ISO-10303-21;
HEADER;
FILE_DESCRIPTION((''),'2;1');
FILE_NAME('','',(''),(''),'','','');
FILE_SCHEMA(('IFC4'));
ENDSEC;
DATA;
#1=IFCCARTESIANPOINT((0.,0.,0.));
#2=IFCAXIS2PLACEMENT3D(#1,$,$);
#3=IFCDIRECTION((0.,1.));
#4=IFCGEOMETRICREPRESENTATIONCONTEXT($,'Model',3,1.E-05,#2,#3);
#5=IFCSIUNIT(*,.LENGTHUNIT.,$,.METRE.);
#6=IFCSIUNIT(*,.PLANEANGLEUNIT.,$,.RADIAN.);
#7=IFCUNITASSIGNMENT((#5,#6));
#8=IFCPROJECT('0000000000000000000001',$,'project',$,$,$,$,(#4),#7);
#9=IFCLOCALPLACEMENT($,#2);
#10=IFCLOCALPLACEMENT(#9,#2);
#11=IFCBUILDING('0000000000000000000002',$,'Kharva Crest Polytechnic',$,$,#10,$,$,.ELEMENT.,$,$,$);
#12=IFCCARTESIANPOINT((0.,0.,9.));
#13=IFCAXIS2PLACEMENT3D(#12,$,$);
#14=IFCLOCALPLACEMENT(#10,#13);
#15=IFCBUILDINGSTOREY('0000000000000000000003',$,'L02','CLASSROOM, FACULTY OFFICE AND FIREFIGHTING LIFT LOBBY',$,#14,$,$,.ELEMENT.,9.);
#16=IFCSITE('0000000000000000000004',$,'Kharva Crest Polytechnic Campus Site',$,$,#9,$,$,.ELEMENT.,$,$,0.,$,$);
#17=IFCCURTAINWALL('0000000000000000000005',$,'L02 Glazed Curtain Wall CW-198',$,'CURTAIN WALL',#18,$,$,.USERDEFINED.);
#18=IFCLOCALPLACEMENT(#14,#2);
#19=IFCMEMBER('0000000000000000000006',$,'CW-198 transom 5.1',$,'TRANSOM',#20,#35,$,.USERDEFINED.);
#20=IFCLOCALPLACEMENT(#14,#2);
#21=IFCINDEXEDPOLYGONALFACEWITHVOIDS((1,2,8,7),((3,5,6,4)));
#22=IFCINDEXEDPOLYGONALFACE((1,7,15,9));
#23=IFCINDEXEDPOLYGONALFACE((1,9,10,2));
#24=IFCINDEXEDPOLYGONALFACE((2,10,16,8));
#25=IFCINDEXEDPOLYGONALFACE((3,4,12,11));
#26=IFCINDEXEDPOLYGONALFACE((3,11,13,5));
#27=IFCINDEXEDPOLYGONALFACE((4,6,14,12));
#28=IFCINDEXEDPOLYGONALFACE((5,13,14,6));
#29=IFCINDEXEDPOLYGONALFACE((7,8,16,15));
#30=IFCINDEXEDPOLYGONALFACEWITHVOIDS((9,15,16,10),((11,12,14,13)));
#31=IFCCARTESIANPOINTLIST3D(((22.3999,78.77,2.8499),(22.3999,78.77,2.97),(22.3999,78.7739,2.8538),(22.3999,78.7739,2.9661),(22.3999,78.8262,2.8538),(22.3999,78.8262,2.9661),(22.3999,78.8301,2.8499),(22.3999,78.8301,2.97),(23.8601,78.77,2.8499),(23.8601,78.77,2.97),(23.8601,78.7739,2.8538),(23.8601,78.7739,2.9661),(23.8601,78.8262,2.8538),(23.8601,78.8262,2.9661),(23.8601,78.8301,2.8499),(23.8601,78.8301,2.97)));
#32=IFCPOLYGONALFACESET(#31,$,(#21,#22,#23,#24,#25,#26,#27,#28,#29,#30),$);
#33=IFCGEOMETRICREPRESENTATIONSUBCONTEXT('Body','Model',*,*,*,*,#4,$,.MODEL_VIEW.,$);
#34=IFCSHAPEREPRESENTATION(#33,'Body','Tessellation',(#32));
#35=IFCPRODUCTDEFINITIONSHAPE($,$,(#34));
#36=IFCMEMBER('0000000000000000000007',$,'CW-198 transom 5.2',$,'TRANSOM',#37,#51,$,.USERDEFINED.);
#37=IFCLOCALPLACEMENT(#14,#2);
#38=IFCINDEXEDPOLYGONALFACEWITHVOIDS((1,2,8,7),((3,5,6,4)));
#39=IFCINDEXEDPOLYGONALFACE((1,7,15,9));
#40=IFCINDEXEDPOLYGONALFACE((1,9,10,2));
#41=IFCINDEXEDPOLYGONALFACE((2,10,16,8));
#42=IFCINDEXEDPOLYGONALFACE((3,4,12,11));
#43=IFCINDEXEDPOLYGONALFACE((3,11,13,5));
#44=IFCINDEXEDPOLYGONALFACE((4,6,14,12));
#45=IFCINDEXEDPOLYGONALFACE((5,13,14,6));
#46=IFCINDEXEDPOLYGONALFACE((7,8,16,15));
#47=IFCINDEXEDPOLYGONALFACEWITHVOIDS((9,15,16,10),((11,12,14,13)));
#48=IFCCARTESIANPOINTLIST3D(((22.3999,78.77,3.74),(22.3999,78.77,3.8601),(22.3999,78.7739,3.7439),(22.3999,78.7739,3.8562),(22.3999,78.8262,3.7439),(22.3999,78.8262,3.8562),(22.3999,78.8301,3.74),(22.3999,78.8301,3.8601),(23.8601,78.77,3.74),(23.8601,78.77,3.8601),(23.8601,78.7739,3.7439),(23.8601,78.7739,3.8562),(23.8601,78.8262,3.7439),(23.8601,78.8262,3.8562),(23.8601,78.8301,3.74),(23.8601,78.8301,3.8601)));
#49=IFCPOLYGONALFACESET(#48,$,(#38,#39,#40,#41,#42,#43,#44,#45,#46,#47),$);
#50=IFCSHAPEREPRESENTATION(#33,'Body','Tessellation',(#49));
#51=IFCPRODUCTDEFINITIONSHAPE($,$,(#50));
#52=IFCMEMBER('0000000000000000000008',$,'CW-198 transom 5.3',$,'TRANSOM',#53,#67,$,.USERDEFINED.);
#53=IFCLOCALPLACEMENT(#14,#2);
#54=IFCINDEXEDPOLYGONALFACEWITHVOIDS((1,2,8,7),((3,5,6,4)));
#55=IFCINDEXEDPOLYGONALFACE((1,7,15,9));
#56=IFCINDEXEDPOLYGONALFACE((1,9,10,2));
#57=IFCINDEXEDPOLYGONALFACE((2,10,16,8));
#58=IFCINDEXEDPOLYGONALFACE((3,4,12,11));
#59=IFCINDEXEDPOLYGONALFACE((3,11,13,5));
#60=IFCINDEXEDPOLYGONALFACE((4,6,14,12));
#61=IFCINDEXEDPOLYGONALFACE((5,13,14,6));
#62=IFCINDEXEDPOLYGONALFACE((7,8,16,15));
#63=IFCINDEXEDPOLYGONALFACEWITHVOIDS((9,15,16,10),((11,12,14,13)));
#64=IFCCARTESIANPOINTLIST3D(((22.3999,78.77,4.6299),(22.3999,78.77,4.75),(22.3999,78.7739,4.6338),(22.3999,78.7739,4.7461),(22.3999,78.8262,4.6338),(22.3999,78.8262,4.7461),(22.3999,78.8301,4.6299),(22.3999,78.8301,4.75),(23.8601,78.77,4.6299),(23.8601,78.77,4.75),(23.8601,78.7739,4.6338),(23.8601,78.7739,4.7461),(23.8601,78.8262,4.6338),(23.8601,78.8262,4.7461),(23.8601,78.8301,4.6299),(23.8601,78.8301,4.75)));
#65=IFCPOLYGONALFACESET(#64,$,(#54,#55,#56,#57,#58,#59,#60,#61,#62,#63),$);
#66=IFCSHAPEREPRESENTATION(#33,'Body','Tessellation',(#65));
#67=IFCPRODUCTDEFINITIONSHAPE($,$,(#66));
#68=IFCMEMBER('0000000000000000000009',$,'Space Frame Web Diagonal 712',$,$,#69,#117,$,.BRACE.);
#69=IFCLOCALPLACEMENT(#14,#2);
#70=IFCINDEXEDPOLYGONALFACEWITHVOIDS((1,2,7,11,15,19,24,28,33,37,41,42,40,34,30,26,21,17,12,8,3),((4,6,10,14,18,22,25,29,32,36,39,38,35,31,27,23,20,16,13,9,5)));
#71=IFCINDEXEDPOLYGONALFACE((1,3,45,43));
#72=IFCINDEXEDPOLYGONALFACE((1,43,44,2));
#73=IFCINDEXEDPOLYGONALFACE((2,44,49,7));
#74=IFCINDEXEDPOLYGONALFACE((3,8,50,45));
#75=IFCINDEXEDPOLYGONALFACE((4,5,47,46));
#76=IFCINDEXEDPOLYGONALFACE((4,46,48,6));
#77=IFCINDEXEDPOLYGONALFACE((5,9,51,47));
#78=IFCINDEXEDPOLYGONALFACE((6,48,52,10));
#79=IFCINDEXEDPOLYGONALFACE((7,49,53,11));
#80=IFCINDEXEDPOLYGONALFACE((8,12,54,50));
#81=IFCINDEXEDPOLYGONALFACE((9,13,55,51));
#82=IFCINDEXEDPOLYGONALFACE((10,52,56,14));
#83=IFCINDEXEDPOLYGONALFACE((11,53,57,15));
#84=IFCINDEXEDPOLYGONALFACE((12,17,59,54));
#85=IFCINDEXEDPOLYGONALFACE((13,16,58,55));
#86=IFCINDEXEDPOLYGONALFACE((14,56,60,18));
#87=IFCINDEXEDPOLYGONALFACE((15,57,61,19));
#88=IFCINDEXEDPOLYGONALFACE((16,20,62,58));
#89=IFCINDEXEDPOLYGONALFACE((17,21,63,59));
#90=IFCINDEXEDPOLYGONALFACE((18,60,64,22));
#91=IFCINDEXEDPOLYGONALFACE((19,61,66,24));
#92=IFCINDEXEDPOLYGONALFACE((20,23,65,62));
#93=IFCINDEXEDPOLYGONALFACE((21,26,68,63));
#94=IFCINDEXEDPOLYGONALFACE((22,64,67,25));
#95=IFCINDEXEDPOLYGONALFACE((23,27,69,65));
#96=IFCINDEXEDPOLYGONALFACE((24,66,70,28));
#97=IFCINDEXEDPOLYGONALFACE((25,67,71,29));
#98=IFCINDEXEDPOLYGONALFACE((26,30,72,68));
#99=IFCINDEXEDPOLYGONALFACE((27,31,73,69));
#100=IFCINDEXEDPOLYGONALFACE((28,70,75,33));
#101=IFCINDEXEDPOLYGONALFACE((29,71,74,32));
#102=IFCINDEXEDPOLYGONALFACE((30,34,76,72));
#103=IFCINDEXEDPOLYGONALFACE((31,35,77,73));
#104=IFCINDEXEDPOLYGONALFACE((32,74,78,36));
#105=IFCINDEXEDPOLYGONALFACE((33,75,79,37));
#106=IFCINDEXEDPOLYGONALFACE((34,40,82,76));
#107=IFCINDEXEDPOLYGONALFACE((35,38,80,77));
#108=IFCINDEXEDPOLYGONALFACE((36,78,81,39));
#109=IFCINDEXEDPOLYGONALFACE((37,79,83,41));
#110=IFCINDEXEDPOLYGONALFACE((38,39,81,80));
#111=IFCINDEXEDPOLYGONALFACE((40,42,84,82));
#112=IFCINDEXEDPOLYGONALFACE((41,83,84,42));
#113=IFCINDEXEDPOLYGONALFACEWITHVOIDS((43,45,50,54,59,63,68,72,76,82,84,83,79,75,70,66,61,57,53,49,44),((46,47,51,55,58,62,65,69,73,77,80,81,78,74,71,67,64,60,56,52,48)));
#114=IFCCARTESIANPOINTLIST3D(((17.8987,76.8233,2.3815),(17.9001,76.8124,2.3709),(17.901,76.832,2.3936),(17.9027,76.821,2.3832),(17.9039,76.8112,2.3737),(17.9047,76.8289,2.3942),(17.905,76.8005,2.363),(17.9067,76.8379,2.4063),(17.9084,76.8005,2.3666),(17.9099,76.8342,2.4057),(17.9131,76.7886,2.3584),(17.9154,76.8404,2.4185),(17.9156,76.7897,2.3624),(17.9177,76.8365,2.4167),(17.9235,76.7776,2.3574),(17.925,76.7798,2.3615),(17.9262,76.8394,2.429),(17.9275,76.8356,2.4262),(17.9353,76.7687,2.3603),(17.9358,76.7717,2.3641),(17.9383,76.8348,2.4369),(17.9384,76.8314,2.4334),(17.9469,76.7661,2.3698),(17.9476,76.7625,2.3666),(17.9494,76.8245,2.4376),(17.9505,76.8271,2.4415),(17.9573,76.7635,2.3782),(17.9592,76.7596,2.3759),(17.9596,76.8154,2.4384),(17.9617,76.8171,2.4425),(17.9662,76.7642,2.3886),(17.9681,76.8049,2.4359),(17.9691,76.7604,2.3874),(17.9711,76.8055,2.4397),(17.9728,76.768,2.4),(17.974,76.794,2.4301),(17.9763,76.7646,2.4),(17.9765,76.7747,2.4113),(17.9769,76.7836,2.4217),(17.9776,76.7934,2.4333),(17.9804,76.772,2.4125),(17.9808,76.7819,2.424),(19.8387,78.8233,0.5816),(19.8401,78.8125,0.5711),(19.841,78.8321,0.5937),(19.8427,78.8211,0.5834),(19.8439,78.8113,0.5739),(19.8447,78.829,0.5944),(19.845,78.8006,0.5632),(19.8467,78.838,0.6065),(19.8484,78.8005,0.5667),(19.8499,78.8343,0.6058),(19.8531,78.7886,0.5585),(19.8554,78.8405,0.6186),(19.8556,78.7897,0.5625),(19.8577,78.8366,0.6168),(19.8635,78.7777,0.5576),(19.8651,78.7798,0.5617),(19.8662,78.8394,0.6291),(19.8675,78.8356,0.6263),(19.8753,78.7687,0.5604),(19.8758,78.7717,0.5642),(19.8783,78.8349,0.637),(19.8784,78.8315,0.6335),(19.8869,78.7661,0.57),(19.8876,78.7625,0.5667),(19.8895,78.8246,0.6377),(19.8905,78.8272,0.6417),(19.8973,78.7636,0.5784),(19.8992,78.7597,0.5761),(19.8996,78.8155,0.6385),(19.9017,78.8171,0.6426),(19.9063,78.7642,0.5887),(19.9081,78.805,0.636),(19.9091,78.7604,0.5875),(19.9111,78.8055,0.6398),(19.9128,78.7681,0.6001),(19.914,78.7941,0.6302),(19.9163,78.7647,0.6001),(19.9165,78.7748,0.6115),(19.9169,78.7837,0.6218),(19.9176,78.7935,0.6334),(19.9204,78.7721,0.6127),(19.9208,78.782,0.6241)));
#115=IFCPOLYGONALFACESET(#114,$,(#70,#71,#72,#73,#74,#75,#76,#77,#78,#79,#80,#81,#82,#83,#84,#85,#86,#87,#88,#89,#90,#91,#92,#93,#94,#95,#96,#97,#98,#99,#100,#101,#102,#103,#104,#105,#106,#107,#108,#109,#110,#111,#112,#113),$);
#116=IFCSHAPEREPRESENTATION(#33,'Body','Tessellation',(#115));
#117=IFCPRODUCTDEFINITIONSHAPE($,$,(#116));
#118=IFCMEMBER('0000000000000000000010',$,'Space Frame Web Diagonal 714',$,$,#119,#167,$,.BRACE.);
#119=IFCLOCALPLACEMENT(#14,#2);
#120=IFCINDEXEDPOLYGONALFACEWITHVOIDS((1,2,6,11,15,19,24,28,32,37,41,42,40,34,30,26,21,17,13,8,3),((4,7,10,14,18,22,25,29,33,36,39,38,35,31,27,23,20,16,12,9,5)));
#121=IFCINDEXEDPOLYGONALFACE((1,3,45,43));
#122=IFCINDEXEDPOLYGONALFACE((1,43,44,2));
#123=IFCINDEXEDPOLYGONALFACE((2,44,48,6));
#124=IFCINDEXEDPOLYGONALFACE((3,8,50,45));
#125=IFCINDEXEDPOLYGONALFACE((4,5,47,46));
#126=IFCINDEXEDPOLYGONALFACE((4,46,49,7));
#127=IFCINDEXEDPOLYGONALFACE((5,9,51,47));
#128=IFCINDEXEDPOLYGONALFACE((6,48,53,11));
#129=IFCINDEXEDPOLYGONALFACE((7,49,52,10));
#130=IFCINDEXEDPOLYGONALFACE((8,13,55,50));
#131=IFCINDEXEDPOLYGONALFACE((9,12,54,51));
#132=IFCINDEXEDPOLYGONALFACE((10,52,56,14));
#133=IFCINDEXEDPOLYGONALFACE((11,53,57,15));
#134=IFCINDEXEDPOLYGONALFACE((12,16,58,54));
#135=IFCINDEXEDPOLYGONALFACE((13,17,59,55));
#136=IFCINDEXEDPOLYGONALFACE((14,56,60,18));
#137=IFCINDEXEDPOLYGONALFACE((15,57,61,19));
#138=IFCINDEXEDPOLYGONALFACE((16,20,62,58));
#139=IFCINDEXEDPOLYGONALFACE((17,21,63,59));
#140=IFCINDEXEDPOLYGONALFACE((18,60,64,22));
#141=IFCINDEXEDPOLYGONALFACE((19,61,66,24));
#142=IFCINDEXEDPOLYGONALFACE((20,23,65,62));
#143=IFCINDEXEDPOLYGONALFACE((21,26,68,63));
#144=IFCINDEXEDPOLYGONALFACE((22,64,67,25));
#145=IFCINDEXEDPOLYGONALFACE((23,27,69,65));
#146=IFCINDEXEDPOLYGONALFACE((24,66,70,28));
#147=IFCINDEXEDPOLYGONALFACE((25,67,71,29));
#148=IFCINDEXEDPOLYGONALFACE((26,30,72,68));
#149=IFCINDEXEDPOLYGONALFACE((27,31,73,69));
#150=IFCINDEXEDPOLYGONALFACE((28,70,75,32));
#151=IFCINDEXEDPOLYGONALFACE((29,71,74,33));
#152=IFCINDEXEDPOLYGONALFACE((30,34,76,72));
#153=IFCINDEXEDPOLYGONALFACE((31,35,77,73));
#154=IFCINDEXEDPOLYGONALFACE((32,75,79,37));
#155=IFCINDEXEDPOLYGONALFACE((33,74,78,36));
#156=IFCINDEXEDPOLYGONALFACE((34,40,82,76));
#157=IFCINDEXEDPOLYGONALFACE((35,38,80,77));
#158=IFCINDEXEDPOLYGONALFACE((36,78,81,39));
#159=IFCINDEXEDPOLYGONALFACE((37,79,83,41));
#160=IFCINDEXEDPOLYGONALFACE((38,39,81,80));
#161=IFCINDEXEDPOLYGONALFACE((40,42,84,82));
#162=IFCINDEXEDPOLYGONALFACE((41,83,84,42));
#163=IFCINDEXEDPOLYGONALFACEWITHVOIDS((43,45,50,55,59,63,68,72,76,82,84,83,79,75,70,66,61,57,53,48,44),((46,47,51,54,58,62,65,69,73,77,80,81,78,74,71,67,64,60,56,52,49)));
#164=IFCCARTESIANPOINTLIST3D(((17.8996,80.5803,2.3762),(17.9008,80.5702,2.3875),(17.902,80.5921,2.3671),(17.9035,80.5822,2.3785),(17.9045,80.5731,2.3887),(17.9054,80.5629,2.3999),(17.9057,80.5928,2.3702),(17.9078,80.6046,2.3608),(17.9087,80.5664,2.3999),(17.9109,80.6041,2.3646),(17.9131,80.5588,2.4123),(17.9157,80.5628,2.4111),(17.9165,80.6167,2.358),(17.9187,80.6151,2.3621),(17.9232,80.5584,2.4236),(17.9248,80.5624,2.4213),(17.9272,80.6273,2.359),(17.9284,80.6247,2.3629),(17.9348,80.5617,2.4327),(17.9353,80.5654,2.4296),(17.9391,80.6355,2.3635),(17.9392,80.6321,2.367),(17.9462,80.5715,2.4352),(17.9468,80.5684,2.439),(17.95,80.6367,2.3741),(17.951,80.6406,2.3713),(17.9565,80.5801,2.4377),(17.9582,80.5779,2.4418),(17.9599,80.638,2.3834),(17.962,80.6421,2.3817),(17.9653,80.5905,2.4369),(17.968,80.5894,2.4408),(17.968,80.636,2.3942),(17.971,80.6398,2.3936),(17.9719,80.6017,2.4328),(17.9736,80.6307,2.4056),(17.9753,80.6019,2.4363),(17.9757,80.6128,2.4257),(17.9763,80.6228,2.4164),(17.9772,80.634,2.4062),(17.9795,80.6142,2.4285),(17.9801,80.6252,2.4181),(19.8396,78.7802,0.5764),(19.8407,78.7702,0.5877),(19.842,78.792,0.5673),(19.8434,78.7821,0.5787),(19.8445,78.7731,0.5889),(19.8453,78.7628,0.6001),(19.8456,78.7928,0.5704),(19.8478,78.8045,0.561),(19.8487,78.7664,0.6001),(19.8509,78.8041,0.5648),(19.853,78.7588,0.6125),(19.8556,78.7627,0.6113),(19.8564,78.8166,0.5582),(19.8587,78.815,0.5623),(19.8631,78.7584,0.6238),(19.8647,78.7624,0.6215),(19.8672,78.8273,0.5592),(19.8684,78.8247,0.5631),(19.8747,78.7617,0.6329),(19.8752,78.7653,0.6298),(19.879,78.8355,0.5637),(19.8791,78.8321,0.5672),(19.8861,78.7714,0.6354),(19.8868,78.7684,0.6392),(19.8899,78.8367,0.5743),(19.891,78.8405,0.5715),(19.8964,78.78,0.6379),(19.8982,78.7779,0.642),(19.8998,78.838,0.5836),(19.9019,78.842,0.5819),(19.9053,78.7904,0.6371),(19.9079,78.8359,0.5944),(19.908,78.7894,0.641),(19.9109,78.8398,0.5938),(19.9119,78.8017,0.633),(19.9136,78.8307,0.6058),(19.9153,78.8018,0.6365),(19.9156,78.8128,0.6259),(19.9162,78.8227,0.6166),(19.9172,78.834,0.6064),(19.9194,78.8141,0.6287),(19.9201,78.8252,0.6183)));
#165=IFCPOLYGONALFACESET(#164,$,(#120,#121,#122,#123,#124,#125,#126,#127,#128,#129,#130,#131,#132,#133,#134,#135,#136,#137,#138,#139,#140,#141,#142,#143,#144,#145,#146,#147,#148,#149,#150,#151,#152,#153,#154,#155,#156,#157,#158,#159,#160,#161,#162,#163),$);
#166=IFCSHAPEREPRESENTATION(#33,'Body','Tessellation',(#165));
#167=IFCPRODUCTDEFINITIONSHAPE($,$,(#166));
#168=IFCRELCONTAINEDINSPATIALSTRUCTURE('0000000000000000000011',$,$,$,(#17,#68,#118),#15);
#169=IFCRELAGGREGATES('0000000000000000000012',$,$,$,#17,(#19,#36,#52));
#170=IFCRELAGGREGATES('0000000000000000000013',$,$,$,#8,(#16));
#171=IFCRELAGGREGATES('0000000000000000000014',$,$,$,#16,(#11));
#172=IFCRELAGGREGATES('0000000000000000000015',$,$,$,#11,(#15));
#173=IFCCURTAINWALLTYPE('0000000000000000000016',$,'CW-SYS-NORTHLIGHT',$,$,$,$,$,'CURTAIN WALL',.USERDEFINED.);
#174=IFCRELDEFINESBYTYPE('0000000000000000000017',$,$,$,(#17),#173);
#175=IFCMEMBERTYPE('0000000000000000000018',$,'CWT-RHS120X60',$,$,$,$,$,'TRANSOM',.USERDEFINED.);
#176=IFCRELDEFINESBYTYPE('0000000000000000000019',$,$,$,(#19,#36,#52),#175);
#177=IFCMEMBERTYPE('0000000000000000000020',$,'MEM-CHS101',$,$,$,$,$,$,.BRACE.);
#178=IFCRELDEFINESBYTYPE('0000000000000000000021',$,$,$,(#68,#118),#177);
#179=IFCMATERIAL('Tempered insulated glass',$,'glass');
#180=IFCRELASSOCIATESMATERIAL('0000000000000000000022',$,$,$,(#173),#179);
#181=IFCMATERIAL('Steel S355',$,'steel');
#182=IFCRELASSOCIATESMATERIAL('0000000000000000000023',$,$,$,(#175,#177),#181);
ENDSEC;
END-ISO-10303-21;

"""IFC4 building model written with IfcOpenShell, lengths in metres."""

from ifc_helpers import new_model, si_unit, direction, frame, origin, origin_2d, place, context, subcontext, project, spatial, hollow_rectangle, hollow_circle, extrude, material, material_profile, profile_set, type_object, element, aggregate, save


model = new_model("IFC4")

# Units and contexts
model_context = context("Model", 3, precision=1e-05, world=origin(), true_north=direction((0.0, 1.0)))
body_context = subcontext(model_context, "Body", "Model", "MODEL_VIEW")
ifc_project = project(units=[si_unit("LENGTHUNIT", "METRE"), si_unit("PLANEANGLEUNIT", "RADIAN")], contexts=[model_context])

# Site, building, storey
site_placement = place(None, origin())
site = spatial("IfcSite", under=ifc_project, at=site_placement, Name="Kharva Crest Polytechnic Campus Site", CompositionType="ELEMENT", RefElevation=0.0)
building_placement = place(site_placement, origin())
building = spatial("IfcBuilding", under=site, at=building_placement, Name="Kharva Crest Polytechnic", CompositionType="ELEMENT")
storey_placement = place(building_placement, frame((0.0, 0.0, 9.0)))
storey = spatial("IfcBuildingStorey", under=building, at=storey_placement, Name="L02", Description="CLASSROOM, FACULTY OFFICE AND FIREFIGHTING LIFT LOBBY", CompositionType="ELEMENT", Elevation=9.0)

# Shared definitions
ifc_material_1 = material(Name="Tempered insulated glass", Category="glass")
curtain_wall_type = type_object("IfcCurtainWallType", Name="CW-SYS-NORTHLIGHT", ElementType="CURTAIN WALL", PredefinedType="USERDEFINED", material=ifc_material_1)
ifc_material_2 = material(Name="Steel S355", Category="steel")

# Curtain wall
curtain_wall_1_placement = place(storey_placement, origin())
curtain_wall_1 = element("IfcCurtainWall", 1, at=curtain_wall_1_placement, inside=storey, type_object=curtain_wall_type, Name="L02 Glazed Curtain Wall CW-198", ObjectType="CURTAIN WALL", PredefinedType="USERDEFINED")

# Members
ifc_material_profile_1 = material_profile(ifc_material_2, hollow_rectangle(XDim=0.0601, YDim=0.1201, WallThickness=0.0039, at=origin_2d()), Name="RHS 120X60X4.0")
ifc_profile_set_1 = profile_set([ifc_material_profile_1], Name="Steel S355")
member_type_1 = type_object("IfcMemberType", Name="CWT-RHS120X60", ElementType="TRANSOM", PredefinedType="USERDEFINED", material=ifc_profile_set_1)
member_1_placement = place(storey_placement, frame((22.3999, 78.8, 2.9099), z_axis=(1.0, 0.0, 0.0), x_axis=(0.0, 1.0, 0.0)))
member_1 = element("IfcMember", 2, at=member_1_placement, type_object=member_type_1, Name="CW-198 transom 5.1", ObjectType="TRANSOM", PredefinedType="USERDEFINED", context=body_context, shape_type="SweptSolid", body=[
    extrude(hollow_rectangle(XDim=0.0601, YDim=0.1201, WallThickness=0.0039, at=origin_2d()), origin(), (0.0, 0.0, 1.0), 1.4602),
])
member_2_placement = place(storey_placement, frame((22.3999, 78.8, 3.8), z_axis=(1.0, 0.0, 0.0), x_axis=(0.0, 1.0, 0.0)))
member_2 = element("IfcMember", 3, at=member_2_placement, type_object=member_type_1, Name="CW-198 transom 5.2", ObjectType="TRANSOM", PredefinedType="USERDEFINED", context=body_context, shape_type="SweptSolid", body=[
    extrude(hollow_rectangle(XDim=0.0601, YDim=0.1201, WallThickness=0.0039, at=origin_2d()), origin(), (0.0, 0.0, 1.0), 1.4602),
])
member_3_placement = place(storey_placement, frame((22.3999, 78.8, 4.6899), z_axis=(1.0, 0.0, 0.0), x_axis=(0.0, 1.0, 0.0)))
member_3 = element("IfcMember", 4, at=member_3_placement, type_object=member_type_1, Name="CW-198 transom 5.3", ObjectType="TRANSOM", PredefinedType="USERDEFINED", context=body_context, shape_type="SweptSolid", body=[
    extrude(hollow_rectangle(XDim=0.0601, YDim=0.1201, WallThickness=0.0039, at=origin_2d()), origin(), (0.0, 0.0, 1.0), 1.4602),
])

# Members
ifc_material_profile_2 = material_profile(ifc_material_2, hollow_circle(Radius=0.0508, WallThickness=0.0049, at=origin_2d()), Name="CHS 101.6X5.0")
ifc_profile_set_2 = profile_set([ifc_material_profile_2], Name="Steel S355")
member_type_2 = type_object("IfcMemberType", Name="MEM-CHS101", PredefinedType="BRACE", material=ifc_profile_set_2)
member_4_placement = place(storey_placement, frame((19.8799, 78.8, 0.6001), z_axis=(-0.584843, -0.60295, 0.542596), x_axis=(0.717802, -0.696247, 0.0)))
element("IfcMember", 5, at=member_4_placement, inside=storey, type_object=member_type_2, Name="Space Frame Web Diagonal 712", PredefinedType="BRACE", context=body_context, shape_type="SweptSolid", body=[
    extrude(hollow_circle(Radius=0.0508, WallThickness=0.0049, at=origin_2d()), origin(), (0.0, 0.0, 1.0), 3.3171),
])
member_5_placement = place(storey_placement, frame((19.8799, 78.8, 0.6001), z_axis=(-0.606147, 0.562437, 0.562361), x_axis=(-0.680182, -0.733043, 0.0)))
element("IfcMember", 6, at=member_5_placement, inside=storey, type_object=member_type_2, Name="Space Frame Web Diagonal 714", PredefinedType="BRACE", context=body_context, shape_type="SweptSolid", body=[
    extrude(hollow_circle(Radius=0.0508, WallThickness=0.0049, at=origin_2d()), origin(), (0.0, 0.0, 1.0), 3.2004),
])

aggregate(curtain_wall_1, [member_1, member_2, member_3])

save(model, "model.ifc")
